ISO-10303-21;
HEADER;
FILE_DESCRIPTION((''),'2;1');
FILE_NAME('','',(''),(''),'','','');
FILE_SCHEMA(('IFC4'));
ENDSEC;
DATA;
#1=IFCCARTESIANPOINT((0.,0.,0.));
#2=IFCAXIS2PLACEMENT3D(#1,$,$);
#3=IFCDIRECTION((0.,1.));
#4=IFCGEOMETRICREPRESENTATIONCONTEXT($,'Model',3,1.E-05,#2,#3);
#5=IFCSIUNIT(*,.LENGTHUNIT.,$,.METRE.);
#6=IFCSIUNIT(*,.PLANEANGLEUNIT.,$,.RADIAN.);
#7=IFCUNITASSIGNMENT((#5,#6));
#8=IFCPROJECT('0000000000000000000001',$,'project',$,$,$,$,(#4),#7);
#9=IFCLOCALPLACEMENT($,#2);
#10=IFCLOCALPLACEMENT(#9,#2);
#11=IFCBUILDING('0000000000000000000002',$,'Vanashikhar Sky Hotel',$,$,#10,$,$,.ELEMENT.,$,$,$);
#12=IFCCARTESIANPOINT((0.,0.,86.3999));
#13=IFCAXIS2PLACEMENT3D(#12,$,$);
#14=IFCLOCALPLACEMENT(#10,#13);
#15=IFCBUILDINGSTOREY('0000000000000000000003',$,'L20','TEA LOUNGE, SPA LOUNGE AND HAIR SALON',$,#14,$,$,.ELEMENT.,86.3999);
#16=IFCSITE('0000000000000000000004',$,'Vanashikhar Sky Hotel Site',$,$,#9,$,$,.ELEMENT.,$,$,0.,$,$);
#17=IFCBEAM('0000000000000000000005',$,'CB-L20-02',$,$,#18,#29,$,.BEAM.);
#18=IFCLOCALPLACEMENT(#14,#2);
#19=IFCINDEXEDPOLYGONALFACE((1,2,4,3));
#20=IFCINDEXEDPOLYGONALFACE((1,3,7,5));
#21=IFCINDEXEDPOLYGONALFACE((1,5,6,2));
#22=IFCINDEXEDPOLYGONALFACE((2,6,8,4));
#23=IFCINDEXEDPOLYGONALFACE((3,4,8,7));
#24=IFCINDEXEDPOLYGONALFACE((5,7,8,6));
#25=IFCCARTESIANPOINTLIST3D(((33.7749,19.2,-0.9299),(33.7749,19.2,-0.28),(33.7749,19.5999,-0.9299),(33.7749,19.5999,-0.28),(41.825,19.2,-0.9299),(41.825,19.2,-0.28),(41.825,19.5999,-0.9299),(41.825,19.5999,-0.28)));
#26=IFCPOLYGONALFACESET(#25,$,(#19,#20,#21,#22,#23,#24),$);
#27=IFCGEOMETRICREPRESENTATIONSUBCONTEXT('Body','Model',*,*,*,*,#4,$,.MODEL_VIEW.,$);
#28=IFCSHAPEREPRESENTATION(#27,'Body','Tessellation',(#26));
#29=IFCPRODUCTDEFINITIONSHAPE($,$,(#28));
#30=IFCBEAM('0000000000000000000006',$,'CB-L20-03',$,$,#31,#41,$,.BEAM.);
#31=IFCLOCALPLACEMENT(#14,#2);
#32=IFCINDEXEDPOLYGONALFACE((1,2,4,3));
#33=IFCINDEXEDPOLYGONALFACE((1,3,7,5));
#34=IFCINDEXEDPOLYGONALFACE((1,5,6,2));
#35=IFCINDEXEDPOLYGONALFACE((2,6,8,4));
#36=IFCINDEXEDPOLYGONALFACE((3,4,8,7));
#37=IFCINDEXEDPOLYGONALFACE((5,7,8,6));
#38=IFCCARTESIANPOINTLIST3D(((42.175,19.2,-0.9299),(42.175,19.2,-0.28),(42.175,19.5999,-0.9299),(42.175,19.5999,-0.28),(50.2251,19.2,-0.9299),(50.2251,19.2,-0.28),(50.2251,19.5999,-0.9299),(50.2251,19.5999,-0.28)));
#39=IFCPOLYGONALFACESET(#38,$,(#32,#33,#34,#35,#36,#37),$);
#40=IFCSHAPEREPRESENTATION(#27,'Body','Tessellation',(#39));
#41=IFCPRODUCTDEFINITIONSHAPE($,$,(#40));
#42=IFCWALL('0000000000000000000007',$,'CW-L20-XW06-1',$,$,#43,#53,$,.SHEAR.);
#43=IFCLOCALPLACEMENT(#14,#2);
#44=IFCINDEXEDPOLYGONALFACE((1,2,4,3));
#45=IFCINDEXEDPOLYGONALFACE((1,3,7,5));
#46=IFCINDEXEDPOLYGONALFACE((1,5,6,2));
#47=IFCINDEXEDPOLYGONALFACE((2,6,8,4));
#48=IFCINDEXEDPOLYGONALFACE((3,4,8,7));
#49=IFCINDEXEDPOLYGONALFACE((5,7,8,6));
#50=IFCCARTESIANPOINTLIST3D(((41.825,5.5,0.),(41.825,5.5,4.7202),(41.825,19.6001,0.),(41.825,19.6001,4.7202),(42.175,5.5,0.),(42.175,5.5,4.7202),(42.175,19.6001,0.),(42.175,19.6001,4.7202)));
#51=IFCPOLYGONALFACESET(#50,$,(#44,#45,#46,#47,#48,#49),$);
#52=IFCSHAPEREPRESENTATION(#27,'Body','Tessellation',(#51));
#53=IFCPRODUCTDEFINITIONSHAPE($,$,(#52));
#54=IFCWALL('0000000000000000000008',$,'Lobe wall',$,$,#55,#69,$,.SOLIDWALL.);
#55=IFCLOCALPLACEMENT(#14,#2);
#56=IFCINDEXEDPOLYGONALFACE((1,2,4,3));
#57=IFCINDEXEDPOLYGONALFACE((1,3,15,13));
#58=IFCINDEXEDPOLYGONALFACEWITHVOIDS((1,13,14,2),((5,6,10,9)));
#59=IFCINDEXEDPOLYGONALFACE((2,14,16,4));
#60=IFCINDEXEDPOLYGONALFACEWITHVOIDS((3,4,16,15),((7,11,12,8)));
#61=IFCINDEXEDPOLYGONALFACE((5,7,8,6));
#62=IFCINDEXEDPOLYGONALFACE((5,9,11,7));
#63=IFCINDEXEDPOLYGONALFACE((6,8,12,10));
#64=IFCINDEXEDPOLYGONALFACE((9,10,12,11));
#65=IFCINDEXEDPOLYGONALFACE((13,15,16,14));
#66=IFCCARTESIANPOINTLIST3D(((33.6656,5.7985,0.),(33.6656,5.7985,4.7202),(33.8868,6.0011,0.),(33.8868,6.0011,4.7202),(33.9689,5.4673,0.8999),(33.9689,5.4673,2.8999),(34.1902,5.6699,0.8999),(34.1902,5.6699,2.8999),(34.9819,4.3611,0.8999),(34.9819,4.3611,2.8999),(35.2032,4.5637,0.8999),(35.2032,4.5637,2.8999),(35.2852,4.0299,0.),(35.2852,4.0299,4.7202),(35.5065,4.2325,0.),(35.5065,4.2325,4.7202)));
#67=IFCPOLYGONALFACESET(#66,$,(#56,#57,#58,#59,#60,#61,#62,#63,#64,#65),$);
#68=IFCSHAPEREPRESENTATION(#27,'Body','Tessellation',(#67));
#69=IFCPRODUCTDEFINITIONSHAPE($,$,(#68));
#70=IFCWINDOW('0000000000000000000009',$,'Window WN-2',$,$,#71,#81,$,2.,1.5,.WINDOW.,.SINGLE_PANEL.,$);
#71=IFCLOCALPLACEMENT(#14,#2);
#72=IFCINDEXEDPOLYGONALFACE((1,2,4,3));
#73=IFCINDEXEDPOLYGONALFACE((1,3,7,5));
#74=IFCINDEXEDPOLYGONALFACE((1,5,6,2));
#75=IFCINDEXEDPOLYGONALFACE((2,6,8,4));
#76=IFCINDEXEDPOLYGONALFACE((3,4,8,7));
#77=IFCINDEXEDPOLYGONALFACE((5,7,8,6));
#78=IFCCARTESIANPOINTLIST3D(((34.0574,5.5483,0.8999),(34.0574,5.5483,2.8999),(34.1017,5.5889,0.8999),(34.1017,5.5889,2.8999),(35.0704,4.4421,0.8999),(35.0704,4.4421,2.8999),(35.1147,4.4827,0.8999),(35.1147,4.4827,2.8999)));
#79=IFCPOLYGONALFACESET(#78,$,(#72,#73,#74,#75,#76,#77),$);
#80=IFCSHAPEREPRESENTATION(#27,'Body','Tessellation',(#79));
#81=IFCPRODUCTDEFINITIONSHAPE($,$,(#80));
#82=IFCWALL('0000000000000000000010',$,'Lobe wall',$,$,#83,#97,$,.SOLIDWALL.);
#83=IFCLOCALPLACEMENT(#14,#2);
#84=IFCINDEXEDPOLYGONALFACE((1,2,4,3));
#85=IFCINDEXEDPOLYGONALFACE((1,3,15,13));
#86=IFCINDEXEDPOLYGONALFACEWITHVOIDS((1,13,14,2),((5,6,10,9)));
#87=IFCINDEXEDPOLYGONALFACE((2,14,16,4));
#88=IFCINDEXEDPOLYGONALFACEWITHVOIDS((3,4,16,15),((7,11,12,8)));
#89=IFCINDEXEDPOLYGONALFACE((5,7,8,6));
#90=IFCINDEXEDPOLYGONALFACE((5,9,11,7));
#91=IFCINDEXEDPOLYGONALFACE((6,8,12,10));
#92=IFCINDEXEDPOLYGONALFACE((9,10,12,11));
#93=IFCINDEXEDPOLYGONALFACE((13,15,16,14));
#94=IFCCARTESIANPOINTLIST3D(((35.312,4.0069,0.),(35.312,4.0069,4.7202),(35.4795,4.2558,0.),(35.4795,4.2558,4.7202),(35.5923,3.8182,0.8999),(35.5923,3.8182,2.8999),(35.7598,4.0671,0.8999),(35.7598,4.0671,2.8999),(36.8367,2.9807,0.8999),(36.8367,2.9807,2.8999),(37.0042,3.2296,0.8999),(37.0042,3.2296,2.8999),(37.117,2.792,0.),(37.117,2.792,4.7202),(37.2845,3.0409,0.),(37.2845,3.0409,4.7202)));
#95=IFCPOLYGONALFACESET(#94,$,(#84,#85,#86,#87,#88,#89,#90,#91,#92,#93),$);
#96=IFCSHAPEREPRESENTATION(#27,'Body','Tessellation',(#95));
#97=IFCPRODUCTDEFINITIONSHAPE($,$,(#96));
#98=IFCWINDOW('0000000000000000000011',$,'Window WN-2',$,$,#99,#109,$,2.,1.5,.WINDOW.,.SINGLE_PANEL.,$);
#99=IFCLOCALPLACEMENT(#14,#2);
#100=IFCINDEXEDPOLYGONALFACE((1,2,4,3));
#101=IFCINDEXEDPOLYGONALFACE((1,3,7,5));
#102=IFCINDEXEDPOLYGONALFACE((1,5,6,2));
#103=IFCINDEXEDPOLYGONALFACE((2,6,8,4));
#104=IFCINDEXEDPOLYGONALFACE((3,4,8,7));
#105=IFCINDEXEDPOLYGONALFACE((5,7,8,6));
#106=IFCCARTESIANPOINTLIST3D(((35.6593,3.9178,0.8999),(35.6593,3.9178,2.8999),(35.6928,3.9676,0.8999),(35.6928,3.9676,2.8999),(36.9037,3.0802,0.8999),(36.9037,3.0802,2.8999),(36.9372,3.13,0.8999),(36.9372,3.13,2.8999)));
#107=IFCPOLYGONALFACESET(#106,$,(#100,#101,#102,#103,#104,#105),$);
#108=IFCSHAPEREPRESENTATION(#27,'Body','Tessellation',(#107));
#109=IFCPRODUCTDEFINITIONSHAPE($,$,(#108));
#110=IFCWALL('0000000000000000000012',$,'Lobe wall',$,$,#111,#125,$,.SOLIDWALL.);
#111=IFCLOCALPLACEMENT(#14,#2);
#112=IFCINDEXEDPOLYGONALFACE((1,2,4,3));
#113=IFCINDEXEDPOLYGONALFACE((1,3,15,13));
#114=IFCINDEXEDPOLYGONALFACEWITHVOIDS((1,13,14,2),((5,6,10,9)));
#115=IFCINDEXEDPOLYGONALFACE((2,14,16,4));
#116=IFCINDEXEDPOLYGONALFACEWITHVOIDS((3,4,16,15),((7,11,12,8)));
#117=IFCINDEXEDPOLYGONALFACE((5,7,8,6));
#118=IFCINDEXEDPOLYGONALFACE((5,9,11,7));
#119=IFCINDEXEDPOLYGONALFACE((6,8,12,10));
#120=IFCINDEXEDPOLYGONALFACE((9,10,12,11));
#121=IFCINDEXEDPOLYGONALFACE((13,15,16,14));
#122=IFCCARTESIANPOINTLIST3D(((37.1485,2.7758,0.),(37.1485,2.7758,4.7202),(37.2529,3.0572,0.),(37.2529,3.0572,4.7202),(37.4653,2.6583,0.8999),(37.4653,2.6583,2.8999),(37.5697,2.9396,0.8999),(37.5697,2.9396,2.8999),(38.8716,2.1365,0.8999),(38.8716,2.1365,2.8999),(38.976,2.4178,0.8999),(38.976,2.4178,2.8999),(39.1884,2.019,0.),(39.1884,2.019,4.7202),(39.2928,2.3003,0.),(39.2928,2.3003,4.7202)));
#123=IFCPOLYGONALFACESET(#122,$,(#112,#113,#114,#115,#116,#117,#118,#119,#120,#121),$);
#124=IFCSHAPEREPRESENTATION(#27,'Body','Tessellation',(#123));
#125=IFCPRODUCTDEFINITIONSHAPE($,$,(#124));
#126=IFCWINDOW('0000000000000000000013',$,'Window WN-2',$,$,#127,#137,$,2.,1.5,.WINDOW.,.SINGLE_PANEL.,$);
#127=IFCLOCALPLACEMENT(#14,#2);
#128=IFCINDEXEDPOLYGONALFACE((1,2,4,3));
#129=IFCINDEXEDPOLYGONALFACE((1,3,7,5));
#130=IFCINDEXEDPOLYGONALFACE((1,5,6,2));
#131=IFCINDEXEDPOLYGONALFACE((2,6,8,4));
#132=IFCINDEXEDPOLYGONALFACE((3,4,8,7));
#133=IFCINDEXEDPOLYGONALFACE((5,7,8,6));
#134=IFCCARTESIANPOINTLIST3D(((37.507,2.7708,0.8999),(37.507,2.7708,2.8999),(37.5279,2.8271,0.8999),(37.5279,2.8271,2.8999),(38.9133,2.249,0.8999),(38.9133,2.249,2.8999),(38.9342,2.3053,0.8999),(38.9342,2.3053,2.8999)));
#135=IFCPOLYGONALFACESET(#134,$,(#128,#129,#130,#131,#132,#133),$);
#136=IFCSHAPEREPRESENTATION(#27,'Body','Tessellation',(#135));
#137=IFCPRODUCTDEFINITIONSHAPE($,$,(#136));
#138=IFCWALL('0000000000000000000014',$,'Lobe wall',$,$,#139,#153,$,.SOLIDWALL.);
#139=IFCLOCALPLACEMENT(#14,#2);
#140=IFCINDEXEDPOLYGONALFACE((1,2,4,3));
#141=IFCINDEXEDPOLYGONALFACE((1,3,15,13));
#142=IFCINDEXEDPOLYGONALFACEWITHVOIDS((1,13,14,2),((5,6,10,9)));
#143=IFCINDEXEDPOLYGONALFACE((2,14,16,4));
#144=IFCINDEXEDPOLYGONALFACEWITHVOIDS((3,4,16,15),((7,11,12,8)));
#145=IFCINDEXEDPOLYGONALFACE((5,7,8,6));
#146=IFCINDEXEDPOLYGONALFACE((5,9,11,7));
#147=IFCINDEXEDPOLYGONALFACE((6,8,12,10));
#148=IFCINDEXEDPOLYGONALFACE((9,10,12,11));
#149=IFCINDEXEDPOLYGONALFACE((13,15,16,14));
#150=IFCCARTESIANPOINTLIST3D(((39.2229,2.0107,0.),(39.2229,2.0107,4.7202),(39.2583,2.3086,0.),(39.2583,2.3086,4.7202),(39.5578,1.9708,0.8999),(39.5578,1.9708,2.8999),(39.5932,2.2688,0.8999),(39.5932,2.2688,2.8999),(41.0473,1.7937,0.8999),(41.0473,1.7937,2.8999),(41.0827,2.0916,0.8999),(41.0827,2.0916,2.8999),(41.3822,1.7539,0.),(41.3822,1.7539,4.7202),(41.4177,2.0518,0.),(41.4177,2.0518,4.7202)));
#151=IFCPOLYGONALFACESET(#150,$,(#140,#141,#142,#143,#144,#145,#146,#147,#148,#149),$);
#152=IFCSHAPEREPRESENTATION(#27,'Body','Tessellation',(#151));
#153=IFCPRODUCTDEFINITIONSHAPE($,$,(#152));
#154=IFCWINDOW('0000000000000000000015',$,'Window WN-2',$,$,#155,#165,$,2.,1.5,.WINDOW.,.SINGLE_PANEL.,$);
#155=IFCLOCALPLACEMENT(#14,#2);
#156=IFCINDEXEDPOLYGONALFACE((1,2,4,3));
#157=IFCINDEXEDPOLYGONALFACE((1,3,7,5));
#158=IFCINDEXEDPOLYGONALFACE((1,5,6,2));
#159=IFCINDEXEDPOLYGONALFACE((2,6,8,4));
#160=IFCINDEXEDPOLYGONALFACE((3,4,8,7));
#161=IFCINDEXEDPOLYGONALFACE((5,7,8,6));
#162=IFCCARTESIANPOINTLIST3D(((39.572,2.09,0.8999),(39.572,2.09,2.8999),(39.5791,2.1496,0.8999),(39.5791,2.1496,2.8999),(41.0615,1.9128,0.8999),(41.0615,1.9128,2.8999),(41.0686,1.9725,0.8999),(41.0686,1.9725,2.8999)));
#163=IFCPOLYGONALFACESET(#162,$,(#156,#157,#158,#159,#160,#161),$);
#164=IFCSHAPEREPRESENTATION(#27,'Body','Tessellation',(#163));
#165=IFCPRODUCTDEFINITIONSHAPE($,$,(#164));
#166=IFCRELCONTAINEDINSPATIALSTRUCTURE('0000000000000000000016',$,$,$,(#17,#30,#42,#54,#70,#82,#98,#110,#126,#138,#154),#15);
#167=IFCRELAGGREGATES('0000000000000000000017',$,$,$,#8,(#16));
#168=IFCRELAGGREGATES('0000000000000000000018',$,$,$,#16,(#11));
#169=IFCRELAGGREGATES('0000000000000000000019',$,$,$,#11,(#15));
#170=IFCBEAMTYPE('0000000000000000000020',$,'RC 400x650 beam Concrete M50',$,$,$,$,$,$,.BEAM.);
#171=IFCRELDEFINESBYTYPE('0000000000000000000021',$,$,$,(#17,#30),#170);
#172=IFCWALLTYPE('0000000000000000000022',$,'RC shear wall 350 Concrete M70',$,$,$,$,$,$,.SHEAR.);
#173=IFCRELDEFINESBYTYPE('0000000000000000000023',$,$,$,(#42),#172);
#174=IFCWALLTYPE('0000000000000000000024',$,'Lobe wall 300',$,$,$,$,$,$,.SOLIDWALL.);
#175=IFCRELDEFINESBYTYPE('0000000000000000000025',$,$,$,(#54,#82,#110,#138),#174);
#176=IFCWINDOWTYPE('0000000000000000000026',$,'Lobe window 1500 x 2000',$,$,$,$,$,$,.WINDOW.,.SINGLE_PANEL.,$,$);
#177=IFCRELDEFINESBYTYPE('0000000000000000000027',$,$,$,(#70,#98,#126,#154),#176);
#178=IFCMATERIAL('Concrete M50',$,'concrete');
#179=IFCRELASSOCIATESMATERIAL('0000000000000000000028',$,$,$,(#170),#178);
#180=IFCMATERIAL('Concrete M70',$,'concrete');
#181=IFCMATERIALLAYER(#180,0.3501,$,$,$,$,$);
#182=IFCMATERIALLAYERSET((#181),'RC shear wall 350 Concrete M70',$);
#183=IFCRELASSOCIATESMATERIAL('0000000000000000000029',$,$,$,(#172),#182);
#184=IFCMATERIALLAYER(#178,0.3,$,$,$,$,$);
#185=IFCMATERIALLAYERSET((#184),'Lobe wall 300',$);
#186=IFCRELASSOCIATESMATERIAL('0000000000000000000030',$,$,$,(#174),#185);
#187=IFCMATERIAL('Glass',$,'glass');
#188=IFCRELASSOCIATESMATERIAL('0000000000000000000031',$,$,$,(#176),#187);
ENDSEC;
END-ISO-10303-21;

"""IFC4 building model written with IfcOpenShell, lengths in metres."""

from ifc_helpers import new_model, si_unit, direction, frame, frame_2d, origin, origin_2d, place, context, subcontext, project, spatial, rectangle, extrude, source, transform, mapped, material, layer, layer_set, material_profile, profile_set, type_object, element, fill, save


model = new_model("IFC4")

# Units and contexts
model_context = context("Model", 3, precision=1e-05, world=origin(), true_north=direction((0.0, 1.0)))
body_context = subcontext(model_context, "Body", "Model", "MODEL_VIEW")
ifc_project = project(units=[si_unit("LENGTHUNIT", "METRE"), si_unit("PLANEANGLEUNIT", "RADIAN")], contexts=[model_context])

# Site, building, storey
site_placement = place(None, origin())
site = spatial("IfcSite", under=ifc_project, at=site_placement, Name="Vanashikhar Sky Hotel Site", CompositionType="ELEMENT", RefElevation=0.0)
building_placement = place(site_placement, origin())
building = spatial("IfcBuilding", under=site, at=building_placement, Name="Vanashikhar Sky Hotel", CompositionType="ELEMENT")
storey_placement = place(building_placement, frame((0.0, 0.0, 86.3999)))
storey = spatial("IfcBuildingStorey", under=building, at=storey_placement, Name="L20", Description="TEA LOUNGE, SPA LOUNGE AND HAIR SALON", CompositionType="ELEMENT", Elevation=86.3999)

# Beams
ifc_material_1 = material(Name="Concrete M50", Category="concrete")
ifc_material_profile_1 = material_profile(ifc_material_1, rectangle(XDim=0.3999, YDim=0.6499, at=origin_2d()))
ifc_profile_set_1 = profile_set([ifc_material_profile_1], Name="RC 400x650 beam Concrete M50")
beam_type = type_object("IfcBeamType", Name="RC 400x650 beam Concrete M50", PredefinedType="BEAM", material=ifc_profile_set_1)
shared_shape_1 = source(origin(), body_context, "Body", "SweptSolid", [
    extrude(rectangle(XDim=0.3999, YDim=0.6499, at=origin_2d()), origin(), (0.0, 0.0, 1.0), 8.05),
])
for number, where, z_axis, x_axis, name in (
    (1, (33.7749, 19.3999, -0.605), (1.0, 0.0, 0.0), (0.0, 1.0, 0.0), "CB-L20-02"),
    (2, (42.175, 19.3999, -0.605), (1.0, 0.0, 0.0), (0.0, 1.0, 0.0), "CB-L20-03"),
):
    element("IfcBeam", number, at=place(storey_placement, frame(where, z_axis=z_axis, x_axis=x_axis)), inside=storey, type_object=beam_type, Name=name, PredefinedType="BEAM", context=body_context, shape_type="MappedRepresentation", body=[
        mapped(shared_shape_1, transform((0.0, 0.0, 0.0), scale=1.0)),
    ])

# Wall
ifc_material_2 = material(Name="Concrete M70", Category="concrete")
ifc_layer_1 = layer(ifc_material_2, 0.3501)
ifc_layer_set_1 = layer_set([ifc_layer_1], Name="RC shear wall 350 Concrete M70")
wall_type_1 = type_object("IfcWallType", Name="RC shear wall 350 Concrete M70", PredefinedType="SHEAR", material=ifc_layer_set_1)
shared_shape_2 = source(origin(), body_context, "Body", "SweptSolid", [
    extrude(rectangle(XDim=14.1001, YDim=0.3501, at=frame_2d((7.05, 0.0))), origin(), (0.0, 0.0, 1.0), 4.7202),
])
wall_1_placement = place(storey_placement, frame((42.0, 5.5, 0.0), z_axis=(0.0, 0.0, 1.0), x_axis=(0.0, 1.0, 0.0)))
element("IfcWall", 3, at=wall_1_placement, inside=storey, type_object=wall_type_1, Name="CW-L20-XW06-1", PredefinedType="SHEAR", context=body_context, shape_type="MappedRepresentation", body=[
    mapped(shared_shape_2, transform((0.0, 0.0, 0.0), scale=1.0)),
])

# Walls, openings, windows
ifc_layer_2 = layer(ifc_material_1, 0.3)
ifc_layer_set_2 = layer_set([ifc_layer_2], Name="Lobe wall 300")
wall_type_2 = type_object("IfcWallType", Name="Lobe wall 300", PredefinedType="SOLIDWALL", material=ifc_layer_set_2)
shared_shape_3 = source(origin(), body_context, "Body", "SweptSolid", [
    extrude(rectangle(XDim=2.3982, YDim=0.3, at=frame_2d((1.1992, 0.0))), origin(), (0.0, 0.0, 1.0), 4.7202),
])
wall_2_placement = place(storey_placement, frame((33.7761, 5.8999, 0.0), z_axis=(0.0, 0.0, 1.0), x_axis=(0.675374, -0.737475, 0.0)))
wall_2 = element("IfcWall", 4, at=wall_2_placement, inside=storey, type_object=wall_type_2, Name="Lobe wall", PredefinedType="SOLIDWALL", context=body_context, shape_type="MappedRepresentation", body=[
    mapped(shared_shape_3, transform((0.0, 0.0, 0.0), scale=1.0)),
])
shared_shape_4 = source(origin(), body_context, "Body", "SweptSolid", [
    extrude(rectangle(XDim=1.5, YDim=2.0, at=frame_2d((0.75, 1.0))), frame((0.0, 0.1602, 0.0), z_axis=(0.0, -1.0, 0.0), x_axis=(1.0, 0.0, 0.0)), (0.0, 0.0, 1.0), 0.3201),
])
opening_1_placement = place(wall_2_placement, frame((0.4492, 0.0, 0.8999)))
opening_1 = element("IfcOpeningElement", 5, at=opening_1_placement, cuts=wall_2, PredefinedType="OPENING", context=body_context, shape_type="MappedRepresentation", body=[
    mapped(shared_shape_4, transform((0.0, 0.0, 0.0), scale=1.0)),
])
ifc_material_3 = material(Name="Glass", Category="glass")
window_type = type_object("IfcWindowType", Name="Lobe window 1500 x 2000", PartitioningType="SINGLE_PANEL", PredefinedType="WINDOW", material=ifc_material_3)
shared_shape_5 = source(origin(), body_context, "Body", "SweptSolid", [
    extrude(rectangle(XDim=1.5, YDim=2.0, at=frame_2d((0.75, 1.0))), frame((0.0, 0.03, 0.0), z_axis=(0.0, -1.0, 0.0), x_axis=(1.0, 0.0, 0.0)), (0.0, 0.0, 1.0), 0.0601),
])
window_1_placement = place(opening_1_placement, origin())
window_1 = element("IfcWindow", 6, at=window_1_placement, inside=storey, type_object=window_type, Name="Window WN-2", OverallHeight=2.0, OverallWidth=1.5, PartitioningType="SINGLE_PANEL", PredefinedType="WINDOW", context=body_context, shape_type="MappedRepresentation", body=[
    mapped(shared_shape_5, transform((0.0, 0.0, 0.0), scale=1.0)),
])
fill(opening_1, window_1)
shared_shape_6 = source(origin(), body_context, "Body", "SweptSolid", [
    extrude(rectangle(XDim=2.1758, YDim=0.3, at=frame_2d((1.0879, 0.0))), origin(), (0.0, 0.0, 1.0), 4.7202),
])
wall_3_placement = place(storey_placement, frame((35.3958, 4.1313, 0.0), z_axis=(0.0, 0.0, 1.0), x_axis=(0.829591, -0.558372, 0.0)))
wall_3 = element("IfcWall", 7, at=wall_3_placement, inside=storey, type_object=wall_type_2, Name="Lobe wall", PredefinedType="SOLIDWALL", context=body_context, shape_type="MappedRepresentation", body=[
    mapped(shared_shape_6, transform((0.0, 0.0, 0.0), scale=1.0)),
])
opening_2_placement = place(wall_3_placement, frame((0.3379, 0.0, 0.8999)))
opening_2 = element("IfcOpeningElement", 8, at=opening_2_placement, cuts=wall_3, PredefinedType="OPENING", context=body_context, shape_type="MappedRepresentation", body=[
    mapped(shared_shape_4, transform((0.0, 0.0, 0.0), scale=1.0)),
])
window_2_placement = place(opening_2_placement, origin())
window_2 = element("IfcWindow", 9, at=window_2_placement, inside=storey, type_object=window_type, Name="Window WN-2", OverallHeight=2.0, OverallWidth=1.5, PartitioningType="SINGLE_PANEL", PredefinedType="WINDOW", context=body_context, shape_type="MappedRepresentation", body=[
    mapped(shared_shape_5, transform((0.0, 0.0, 0.0), scale=1.0)),
])
fill(opening_2, window_2)
wall_4_placement = place(storey_placement, frame((37.2007, 2.9165, 0.0), z_axis=(0.0, 0.0, 1.0), x_axis=(0.937546, -0.347863, 0.0)))
wall_4 = element("IfcWall", 10, at=wall_4_placement, inside=storey, type_object=wall_type_2, Name="Lobe wall", PredefinedType="SOLIDWALL", context=body_context, shape_type="MappedRepresentation", body=[
    mapped(shared_shape_6, transform((0.0, 0.0, 0.0), scale=1.0)),
])
opening_3_placement = place(wall_4_placement, frame((0.3379, 0.0, 0.8999)))
opening_3 = element("IfcOpeningElement", 11, at=opening_3_placement, cuts=wall_4, PredefinedType="OPENING", context=body_context, shape_type="MappedRepresentation", body=[
    mapped(shared_shape_4, transform((0.0, 0.0, 0.0), scale=1.0)),
])
window_3_placement = place(opening_3_placement, origin())
window_3 = element("IfcWindow", 12, at=window_3_placement, inside=storey, type_object=window_type, Name="Window WN-2", OverallHeight=2.0, OverallWidth=1.5, PartitioningType="SINGLE_PANEL", PredefinedType="WINDOW", context=body_context, shape_type="MappedRepresentation", body=[
    mapped(shared_shape_5, transform((0.0, 0.0, 0.0), scale=1.0)),
])
fill(opening_3, window_3)
shared_shape_7 = source(origin(), body_context, "Body", "SweptSolid", [
    extrude(rectangle(XDim=2.1746, YDim=0.3, at=frame_2d((1.0874, 0.0))), origin(), (0.0, 0.0, 1.0), 4.7202),
])
wall_5_placement = place(storey_placement, frame((39.2405, 2.1597, 0.0), z_axis=(0.0, 0.0, 1.0), x_axis=(0.993001, -0.118105, 0.0)))
wall_5 = element("IfcWall", 13, at=wall_5_placement, inside=storey, type_object=wall_type_2, Name="Lobe wall", PredefinedType="SOLIDWALL", context=body_context, shape_type="MappedRepresentation", body=[
    mapped(shared_shape_7, transform((0.0, 0.0, 0.0), scale=1.0)),
])
opening_4_placement = place(wall_5_placement, frame((0.3374, 0.0, 0.8999)))
opening_4 = element("IfcOpeningElement", 14, at=opening_4_placement, cuts=wall_5, PredefinedType="OPENING", context=body_context, shape_type="MappedRepresentation", body=[
    mapped(shared_shape_4, transform((0.0, 0.0, 0.0), scale=1.0)),
])
window_4_placement = place(opening_4_placement, origin())
window_4 = element("IfcWindow", 15, at=window_4_placement, inside=storey, type_object=window_type, Name="Window WN-2", OverallHeight=2.0, OverallWidth=1.5, PartitioningType="SINGLE_PANEL", PredefinedType="WINDOW", context=body_context, shape_type="MappedRepresentation", body=[
    mapped(shared_shape_5, transform((0.0, 0.0, 0.0), scale=1.0)),
])
fill(opening_4, window_4)

save(model, "model.ifc")
